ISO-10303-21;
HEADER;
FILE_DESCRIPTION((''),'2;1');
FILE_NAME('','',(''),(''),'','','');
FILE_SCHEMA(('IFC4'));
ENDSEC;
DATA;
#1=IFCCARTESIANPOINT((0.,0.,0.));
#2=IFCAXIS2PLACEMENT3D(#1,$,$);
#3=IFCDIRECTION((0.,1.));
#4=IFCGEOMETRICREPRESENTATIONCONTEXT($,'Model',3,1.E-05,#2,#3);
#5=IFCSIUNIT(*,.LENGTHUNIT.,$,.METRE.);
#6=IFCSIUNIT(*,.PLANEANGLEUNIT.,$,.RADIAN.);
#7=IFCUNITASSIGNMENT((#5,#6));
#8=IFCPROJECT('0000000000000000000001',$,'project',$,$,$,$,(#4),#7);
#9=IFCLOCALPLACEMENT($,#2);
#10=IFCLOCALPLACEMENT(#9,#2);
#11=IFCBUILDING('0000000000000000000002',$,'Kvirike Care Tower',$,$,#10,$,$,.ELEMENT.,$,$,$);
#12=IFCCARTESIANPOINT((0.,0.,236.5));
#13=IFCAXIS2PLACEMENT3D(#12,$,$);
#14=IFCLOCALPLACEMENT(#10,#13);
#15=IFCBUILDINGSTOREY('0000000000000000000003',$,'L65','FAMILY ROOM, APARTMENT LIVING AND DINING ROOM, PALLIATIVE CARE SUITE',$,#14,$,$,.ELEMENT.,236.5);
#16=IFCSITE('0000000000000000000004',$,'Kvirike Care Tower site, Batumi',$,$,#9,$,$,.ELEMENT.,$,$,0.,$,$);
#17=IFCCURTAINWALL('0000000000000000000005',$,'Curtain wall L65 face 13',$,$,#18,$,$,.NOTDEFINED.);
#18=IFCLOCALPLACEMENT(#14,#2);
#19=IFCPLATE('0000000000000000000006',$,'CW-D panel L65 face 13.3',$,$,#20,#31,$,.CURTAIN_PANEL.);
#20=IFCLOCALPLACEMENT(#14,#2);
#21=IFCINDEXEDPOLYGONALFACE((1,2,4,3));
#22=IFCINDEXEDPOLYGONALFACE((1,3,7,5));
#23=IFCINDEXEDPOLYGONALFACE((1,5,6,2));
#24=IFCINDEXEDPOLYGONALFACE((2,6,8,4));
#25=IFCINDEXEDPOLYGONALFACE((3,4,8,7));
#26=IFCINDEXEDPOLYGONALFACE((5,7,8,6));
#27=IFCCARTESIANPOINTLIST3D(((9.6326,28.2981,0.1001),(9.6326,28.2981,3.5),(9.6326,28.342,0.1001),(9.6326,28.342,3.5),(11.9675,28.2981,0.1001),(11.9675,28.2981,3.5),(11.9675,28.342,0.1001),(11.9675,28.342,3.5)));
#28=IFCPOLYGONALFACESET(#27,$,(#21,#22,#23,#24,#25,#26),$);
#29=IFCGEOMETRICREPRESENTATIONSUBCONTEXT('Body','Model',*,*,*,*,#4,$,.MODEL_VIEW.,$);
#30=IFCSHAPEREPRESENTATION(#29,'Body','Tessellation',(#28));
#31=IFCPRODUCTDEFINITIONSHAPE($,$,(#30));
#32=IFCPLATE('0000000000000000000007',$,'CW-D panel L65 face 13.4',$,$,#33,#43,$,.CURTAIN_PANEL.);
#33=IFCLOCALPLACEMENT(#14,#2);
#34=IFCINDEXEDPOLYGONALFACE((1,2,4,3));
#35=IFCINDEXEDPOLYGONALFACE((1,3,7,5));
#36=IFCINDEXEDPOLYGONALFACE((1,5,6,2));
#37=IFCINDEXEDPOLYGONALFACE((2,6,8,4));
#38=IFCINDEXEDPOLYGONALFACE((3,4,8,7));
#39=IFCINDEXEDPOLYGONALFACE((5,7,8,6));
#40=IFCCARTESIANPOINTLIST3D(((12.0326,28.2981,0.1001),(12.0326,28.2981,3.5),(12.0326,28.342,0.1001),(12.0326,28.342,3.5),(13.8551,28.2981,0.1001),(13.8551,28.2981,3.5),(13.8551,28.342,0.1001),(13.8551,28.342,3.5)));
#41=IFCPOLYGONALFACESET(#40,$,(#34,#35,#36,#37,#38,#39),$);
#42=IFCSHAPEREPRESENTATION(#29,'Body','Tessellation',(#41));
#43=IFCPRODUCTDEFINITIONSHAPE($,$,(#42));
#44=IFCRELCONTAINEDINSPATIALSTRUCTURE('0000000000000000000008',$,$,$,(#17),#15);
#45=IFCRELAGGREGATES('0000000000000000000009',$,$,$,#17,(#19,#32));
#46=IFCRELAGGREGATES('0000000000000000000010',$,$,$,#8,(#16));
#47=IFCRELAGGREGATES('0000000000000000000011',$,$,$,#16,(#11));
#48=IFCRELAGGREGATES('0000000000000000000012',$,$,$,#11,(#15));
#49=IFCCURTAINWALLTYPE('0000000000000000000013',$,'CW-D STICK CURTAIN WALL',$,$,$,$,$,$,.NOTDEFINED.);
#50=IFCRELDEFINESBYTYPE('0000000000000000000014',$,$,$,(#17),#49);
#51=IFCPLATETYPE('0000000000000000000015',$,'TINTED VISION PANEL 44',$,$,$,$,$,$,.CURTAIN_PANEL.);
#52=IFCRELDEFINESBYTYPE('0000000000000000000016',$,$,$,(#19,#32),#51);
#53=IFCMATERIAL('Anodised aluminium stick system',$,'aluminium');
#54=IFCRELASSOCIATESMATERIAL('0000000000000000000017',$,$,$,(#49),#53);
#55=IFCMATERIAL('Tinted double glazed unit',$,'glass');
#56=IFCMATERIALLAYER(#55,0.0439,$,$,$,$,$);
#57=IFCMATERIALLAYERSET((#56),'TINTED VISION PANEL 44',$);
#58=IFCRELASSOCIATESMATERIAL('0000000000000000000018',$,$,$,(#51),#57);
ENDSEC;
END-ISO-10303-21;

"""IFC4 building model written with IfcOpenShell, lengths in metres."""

from ifc_helpers import new_model, si_unit, direction, frame, origin, origin_2d, place, context, subcontext, project, spatial, rectangle, extrude, material, layer, layer_set, type_object, element, aggregate, save


model = new_model("IFC4")

# Units and contexts
model_context = context("Model", 3, precision=1e-05, world=origin(), true_north=direction((0.0, 1.0)))
body_context = subcontext(model_context, "Body", "Model", "MODEL_VIEW")
ifc_project = project(units=[si_unit("LENGTHUNIT", "METRE"), si_unit("PLANEANGLEUNIT", "RADIAN")], contexts=[model_context])

# Site, building, storey
site_placement = place(None, origin())
site = spatial("IfcSite", under=ifc_project, at=site_placement, Name="Kvirike Care Tower site, Batumi", CompositionType="ELEMENT", RefElevation=0.0)
building_placement = place(site_placement, origin())
building = spatial("IfcBuilding", under=site, at=building_placement, Name="Kvirike Care Tower", CompositionType="ELEMENT")
storey_placement = place(building_placement, frame((0.0, 0.0, 236.5)))
storey = spatial("IfcBuildingStorey", under=building, at=storey_placement, Name="L65", Description="FAMILY ROOM, APARTMENT LIVING AND DINING ROOM, PALLIATIVE CARE SUITE", CompositionType="ELEMENT", Elevation=236.5)

# Curtain wall
ifc_material_1 = material(Name="Anodised aluminium stick system", Category="aluminium")
curtain_wall_type = type_object("IfcCurtainWallType", Name="CW-D STICK CURTAIN WALL", PredefinedType="NOTDEFINED", material=ifc_material_1)
curtain_wall_1_placement = place(storey_placement, origin())
curtain_wall_1 = element("IfcCurtainWall", 1, at=curtain_wall_1_placement, inside=storey, type_object=curtain_wall_type, Name="Curtain wall L65 face 13", PredefinedType="NOTDEFINED")

# Plates
ifc_material_2 = material(Name="Tinted double glazed unit", Category="glass")
ifc_layer = layer(ifc_material_2, 0.0439)
ifc_layer_set = layer_set([ifc_layer], Name="TINTED VISION PANEL 44")
plate_type = type_object("IfcPlateType", Name="TINTED VISION PANEL 44", PredefinedType="CURTAIN_PANEL", material=ifc_layer_set)
plate_1_placement = place(storey_placement, frame((10.8, 28.3201, 0.1001), z_axis=(0.0, 0.0, 1.0), x_axis=(1.0, 0.0, 0.0)))
plate_1 = element("IfcPlate", 2, at=plate_1_placement, type_object=plate_type, Name="CW-D panel L65 face 13.3", PredefinedType="CURTAIN_PANEL", context=body_context, shape_type="SweptSolid", body=[
    extrude(rectangle(XDim=2.335, YDim=0.0439, at=origin_2d()), origin(), (0.0, 0.0, 1.0), 3.3999),
])
plate_2_placement = place(storey_placement, frame((12.9438, 28.3201, 0.1001), z_axis=(0.0, 0.0, 1.0), x_axis=(1.0, 0.0, 0.0)))
plate_2 = element("IfcPlate", 3, at=plate_2_placement, type_object=plate_type, Name="CW-D panel L65 face 13.4", PredefinedType="CURTAIN_PANEL", context=body_context, shape_type="SweptSolid", body=[
    extrude(rectangle(XDim=1.8225, YDim=0.0439, at=origin_2d()), origin(), (0.0, 0.0, 1.0), 3.3999),
])
aggregate(curtain_wall_1, [plate_1, plate_2])

save(model, "model.ifc")
